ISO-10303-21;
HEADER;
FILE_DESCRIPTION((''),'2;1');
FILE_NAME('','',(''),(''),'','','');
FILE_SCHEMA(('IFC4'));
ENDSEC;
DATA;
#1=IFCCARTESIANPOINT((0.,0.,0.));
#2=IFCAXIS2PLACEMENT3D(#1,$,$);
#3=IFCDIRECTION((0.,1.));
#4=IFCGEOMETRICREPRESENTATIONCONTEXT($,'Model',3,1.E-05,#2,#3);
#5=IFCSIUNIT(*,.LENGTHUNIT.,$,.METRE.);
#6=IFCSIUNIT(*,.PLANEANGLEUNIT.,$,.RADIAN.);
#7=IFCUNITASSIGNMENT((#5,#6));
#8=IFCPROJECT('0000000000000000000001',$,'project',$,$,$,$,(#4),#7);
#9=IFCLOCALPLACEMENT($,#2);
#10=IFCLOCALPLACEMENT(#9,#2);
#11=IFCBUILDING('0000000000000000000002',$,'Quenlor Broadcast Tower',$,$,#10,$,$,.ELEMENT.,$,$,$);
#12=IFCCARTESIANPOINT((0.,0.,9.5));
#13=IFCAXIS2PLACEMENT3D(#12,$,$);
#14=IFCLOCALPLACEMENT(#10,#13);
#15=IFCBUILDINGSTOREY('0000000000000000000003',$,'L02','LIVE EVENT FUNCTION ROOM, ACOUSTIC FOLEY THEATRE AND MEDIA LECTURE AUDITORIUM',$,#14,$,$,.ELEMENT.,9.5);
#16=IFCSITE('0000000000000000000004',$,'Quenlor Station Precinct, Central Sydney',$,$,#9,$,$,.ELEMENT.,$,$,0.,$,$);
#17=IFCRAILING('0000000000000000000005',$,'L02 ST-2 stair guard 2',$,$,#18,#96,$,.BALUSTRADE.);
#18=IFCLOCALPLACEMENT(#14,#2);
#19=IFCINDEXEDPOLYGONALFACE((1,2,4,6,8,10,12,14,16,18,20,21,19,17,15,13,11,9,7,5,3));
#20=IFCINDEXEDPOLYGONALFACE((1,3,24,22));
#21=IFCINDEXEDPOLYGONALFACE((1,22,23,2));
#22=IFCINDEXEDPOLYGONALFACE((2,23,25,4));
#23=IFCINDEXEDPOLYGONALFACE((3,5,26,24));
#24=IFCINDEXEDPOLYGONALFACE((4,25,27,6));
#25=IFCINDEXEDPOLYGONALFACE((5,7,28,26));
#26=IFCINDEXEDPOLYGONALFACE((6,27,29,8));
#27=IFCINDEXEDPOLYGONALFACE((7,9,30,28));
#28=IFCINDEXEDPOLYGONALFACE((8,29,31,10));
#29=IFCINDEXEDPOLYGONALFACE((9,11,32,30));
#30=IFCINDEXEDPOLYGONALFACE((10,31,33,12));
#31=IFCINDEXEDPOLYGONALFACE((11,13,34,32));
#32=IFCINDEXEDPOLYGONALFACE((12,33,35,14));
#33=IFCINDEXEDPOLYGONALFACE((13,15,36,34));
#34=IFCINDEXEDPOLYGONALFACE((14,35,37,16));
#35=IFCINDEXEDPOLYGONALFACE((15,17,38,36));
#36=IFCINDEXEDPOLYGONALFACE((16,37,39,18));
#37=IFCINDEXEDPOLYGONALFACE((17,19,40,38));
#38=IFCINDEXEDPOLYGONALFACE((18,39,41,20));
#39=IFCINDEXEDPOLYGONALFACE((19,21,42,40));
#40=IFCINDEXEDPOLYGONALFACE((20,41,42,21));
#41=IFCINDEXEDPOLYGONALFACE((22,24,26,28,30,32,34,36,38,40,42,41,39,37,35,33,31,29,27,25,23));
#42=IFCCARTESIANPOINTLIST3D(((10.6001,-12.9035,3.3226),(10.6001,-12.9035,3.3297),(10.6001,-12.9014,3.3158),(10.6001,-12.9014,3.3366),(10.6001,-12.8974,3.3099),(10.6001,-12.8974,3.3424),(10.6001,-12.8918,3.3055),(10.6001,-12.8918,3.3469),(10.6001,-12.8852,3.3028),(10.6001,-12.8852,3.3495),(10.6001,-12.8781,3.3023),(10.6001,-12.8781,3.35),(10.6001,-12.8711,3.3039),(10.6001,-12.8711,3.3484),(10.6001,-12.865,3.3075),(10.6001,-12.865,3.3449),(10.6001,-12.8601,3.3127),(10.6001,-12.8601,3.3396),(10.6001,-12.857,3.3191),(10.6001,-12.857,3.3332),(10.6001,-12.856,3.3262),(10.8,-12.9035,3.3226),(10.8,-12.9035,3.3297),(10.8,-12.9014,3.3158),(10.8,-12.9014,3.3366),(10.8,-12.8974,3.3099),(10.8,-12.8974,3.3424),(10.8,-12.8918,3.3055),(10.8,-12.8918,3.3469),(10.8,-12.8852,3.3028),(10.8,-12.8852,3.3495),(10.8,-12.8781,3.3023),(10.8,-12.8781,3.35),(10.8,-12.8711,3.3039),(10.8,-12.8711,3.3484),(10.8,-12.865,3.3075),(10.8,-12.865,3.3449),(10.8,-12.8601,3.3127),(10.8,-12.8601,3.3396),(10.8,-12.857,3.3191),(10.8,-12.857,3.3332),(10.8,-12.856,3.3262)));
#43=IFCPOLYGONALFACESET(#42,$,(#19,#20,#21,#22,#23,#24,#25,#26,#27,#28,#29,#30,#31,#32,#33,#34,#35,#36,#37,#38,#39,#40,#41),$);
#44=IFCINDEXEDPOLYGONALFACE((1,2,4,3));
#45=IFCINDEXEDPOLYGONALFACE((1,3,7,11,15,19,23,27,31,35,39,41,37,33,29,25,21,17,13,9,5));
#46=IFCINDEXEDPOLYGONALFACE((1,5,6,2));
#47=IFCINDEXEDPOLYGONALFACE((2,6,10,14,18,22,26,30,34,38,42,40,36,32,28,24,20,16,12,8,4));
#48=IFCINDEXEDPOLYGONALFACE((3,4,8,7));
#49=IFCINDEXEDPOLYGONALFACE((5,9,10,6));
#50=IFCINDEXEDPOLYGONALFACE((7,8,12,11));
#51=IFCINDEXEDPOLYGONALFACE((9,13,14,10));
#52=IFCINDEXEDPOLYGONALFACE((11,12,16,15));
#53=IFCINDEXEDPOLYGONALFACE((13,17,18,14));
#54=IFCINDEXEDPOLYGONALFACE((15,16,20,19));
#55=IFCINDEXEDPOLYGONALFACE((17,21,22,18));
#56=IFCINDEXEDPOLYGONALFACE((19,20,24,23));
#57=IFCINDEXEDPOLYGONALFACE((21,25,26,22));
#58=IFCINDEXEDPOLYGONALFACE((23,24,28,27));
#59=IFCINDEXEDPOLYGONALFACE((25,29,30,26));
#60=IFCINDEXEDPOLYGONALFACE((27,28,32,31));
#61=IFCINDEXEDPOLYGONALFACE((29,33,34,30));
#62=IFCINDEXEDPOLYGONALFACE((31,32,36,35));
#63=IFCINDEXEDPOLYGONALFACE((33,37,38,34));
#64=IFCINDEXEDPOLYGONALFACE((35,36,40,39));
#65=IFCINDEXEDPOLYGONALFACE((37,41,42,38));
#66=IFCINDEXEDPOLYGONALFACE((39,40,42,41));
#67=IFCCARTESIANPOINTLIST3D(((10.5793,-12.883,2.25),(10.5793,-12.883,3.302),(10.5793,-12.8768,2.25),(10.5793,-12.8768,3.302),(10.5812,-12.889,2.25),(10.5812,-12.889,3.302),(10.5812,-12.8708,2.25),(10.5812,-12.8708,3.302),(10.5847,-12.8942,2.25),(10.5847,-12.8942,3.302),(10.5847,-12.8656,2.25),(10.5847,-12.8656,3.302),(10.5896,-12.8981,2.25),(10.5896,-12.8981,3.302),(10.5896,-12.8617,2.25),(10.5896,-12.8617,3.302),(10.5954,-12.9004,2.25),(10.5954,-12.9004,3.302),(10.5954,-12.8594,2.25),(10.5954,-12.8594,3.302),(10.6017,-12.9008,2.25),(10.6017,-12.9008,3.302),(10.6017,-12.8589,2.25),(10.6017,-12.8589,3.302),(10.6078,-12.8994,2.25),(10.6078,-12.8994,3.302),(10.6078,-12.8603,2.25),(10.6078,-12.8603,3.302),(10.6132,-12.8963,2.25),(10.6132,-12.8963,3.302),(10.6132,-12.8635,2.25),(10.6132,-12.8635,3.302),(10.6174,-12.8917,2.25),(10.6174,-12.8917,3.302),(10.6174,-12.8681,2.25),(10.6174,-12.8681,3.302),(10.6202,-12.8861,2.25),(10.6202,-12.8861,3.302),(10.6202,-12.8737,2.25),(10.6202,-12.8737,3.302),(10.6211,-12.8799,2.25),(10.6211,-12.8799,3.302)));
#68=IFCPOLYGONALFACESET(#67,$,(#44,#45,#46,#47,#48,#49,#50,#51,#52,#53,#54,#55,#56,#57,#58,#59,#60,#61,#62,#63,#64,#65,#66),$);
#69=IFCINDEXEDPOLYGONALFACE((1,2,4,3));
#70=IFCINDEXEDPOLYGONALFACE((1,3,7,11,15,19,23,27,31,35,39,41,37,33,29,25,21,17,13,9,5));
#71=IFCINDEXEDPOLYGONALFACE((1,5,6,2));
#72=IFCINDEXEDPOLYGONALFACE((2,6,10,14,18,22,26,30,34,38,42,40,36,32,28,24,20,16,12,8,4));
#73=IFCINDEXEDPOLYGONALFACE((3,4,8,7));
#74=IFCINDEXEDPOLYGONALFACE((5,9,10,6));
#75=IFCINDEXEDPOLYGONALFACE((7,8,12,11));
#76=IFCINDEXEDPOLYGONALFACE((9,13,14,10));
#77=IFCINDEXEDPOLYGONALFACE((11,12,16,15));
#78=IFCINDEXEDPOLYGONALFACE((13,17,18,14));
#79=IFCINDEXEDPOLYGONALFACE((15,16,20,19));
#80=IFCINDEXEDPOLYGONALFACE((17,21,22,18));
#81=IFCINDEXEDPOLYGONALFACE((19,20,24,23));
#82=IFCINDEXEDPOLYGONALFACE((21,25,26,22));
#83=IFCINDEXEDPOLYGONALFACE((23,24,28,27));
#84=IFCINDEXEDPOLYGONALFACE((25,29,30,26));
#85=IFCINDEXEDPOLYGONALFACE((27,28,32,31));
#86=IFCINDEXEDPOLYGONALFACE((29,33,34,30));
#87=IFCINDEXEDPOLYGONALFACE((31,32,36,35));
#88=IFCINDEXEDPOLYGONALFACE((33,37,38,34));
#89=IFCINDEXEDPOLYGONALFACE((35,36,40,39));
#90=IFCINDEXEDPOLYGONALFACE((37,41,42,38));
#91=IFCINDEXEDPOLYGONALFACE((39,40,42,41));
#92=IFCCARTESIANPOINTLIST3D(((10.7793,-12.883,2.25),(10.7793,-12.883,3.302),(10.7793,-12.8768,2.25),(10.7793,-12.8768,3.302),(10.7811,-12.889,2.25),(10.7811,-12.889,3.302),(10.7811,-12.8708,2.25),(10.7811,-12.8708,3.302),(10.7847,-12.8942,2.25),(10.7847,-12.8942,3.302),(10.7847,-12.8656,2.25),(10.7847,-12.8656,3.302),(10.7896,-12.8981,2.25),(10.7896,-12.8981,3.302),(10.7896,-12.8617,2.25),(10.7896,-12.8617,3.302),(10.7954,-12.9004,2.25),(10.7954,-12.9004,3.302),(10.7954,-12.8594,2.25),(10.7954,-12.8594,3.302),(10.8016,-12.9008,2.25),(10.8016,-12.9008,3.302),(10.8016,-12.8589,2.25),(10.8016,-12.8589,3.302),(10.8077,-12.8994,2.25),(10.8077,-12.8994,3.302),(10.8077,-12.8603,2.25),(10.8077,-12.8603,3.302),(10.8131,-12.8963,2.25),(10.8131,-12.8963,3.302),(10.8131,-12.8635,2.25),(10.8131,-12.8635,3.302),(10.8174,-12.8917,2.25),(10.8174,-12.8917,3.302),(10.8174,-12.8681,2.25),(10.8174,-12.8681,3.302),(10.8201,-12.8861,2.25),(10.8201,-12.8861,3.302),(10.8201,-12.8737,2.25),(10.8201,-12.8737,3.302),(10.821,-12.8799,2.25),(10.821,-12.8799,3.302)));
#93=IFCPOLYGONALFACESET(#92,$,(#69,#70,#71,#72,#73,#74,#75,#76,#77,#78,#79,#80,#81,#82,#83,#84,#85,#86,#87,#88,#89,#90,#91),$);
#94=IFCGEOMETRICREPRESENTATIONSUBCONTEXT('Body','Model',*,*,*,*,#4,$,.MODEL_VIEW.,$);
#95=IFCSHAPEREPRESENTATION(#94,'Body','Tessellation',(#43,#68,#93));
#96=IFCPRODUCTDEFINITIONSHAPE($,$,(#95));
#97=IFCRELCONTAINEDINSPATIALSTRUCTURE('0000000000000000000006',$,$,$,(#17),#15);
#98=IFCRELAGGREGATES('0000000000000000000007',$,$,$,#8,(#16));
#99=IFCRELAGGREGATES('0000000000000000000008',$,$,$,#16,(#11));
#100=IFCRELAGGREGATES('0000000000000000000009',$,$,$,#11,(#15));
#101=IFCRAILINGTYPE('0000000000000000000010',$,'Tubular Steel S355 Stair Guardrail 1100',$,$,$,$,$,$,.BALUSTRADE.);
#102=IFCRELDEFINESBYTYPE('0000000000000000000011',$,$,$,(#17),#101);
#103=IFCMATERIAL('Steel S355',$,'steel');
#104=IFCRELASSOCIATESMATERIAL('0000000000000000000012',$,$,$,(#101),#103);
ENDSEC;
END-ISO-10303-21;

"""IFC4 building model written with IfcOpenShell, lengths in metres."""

from ifc_helpers import new_model, si_unit, direction, frame, origin, origin_2d, place, context, subcontext, project, spatial, circle, extrude, material, type_object, element, save


model = new_model("IFC4")

# Units and contexts
model_context = context("Model", 3, precision=1e-05, world=origin(), true_north=direction((0.0, 1.0)))
body_context = subcontext(model_context, "Body", "Model", "MODEL_VIEW")
ifc_project = project(units=[si_unit("LENGTHUNIT", "METRE"), si_unit("PLANEANGLEUNIT", "RADIAN")], contexts=[model_context])

# Site, building, storey
site_placement = place(None, origin())
site = spatial("IfcSite", under=ifc_project, at=site_placement, Name="Quenlor Station Precinct, Central Sydney", CompositionType="ELEMENT", RefElevation=0.0)
building_placement = place(site_placement, origin())
building = spatial("IfcBuilding", under=site, at=building_placement, Name="Quenlor Broadcast Tower", CompositionType="ELEMENT")
storey_placement = place(building_placement, frame((0.0, 0.0, 9.5)))
storey = spatial("IfcBuildingStorey", under=building, at=storey_placement, Name="L02", Description="LIVE EVENT FUNCTION ROOM, ACOUSTIC FOLEY THEATRE AND MEDIA LECTURE AUDITORIUM", CompositionType="ELEMENT", Elevation=9.5)

# Railing
ifc_material_1 = material(Name="Steel S355", Category="steel")
railing_type_1 = type_object("IfcRailingType", Name="Tubular Steel S355 Stair Guardrail 1100", PredefinedType="BALUSTRADE", material=ifc_material_1)
railing_1_placement = place(storey_placement, frame((10.6001, -12.8799, 2.25)))
element("IfcRailing", 1, at=railing_1_placement, inside=storey, type_object=railing_type_1, Name="L02 ST-2 stair guard 2", PredefinedType="BALUSTRADE", context=body_context, shape_type="SweptSolid", body=[
    extrude(circle(Radius=0.0239, at=origin_2d()), frame((0.0, 0.0, 1.0762), z_axis=(1.0, 0.0, 0.0), x_axis=(0.0, 1.0, 0.0)), (0.0, 0.0, 1.0), 0.2),
    extrude(circle(Radius=0.021, at=origin_2d()), origin(), (0.0, 0.0, 1.0), 1.052),
    extrude(circle(Radius=0.021, at=origin_2d()), frame((0.2, 0.0, 0.0)), (0.0, 0.0, 1.0), 1.052),
])

save(model, "model.ifc")
